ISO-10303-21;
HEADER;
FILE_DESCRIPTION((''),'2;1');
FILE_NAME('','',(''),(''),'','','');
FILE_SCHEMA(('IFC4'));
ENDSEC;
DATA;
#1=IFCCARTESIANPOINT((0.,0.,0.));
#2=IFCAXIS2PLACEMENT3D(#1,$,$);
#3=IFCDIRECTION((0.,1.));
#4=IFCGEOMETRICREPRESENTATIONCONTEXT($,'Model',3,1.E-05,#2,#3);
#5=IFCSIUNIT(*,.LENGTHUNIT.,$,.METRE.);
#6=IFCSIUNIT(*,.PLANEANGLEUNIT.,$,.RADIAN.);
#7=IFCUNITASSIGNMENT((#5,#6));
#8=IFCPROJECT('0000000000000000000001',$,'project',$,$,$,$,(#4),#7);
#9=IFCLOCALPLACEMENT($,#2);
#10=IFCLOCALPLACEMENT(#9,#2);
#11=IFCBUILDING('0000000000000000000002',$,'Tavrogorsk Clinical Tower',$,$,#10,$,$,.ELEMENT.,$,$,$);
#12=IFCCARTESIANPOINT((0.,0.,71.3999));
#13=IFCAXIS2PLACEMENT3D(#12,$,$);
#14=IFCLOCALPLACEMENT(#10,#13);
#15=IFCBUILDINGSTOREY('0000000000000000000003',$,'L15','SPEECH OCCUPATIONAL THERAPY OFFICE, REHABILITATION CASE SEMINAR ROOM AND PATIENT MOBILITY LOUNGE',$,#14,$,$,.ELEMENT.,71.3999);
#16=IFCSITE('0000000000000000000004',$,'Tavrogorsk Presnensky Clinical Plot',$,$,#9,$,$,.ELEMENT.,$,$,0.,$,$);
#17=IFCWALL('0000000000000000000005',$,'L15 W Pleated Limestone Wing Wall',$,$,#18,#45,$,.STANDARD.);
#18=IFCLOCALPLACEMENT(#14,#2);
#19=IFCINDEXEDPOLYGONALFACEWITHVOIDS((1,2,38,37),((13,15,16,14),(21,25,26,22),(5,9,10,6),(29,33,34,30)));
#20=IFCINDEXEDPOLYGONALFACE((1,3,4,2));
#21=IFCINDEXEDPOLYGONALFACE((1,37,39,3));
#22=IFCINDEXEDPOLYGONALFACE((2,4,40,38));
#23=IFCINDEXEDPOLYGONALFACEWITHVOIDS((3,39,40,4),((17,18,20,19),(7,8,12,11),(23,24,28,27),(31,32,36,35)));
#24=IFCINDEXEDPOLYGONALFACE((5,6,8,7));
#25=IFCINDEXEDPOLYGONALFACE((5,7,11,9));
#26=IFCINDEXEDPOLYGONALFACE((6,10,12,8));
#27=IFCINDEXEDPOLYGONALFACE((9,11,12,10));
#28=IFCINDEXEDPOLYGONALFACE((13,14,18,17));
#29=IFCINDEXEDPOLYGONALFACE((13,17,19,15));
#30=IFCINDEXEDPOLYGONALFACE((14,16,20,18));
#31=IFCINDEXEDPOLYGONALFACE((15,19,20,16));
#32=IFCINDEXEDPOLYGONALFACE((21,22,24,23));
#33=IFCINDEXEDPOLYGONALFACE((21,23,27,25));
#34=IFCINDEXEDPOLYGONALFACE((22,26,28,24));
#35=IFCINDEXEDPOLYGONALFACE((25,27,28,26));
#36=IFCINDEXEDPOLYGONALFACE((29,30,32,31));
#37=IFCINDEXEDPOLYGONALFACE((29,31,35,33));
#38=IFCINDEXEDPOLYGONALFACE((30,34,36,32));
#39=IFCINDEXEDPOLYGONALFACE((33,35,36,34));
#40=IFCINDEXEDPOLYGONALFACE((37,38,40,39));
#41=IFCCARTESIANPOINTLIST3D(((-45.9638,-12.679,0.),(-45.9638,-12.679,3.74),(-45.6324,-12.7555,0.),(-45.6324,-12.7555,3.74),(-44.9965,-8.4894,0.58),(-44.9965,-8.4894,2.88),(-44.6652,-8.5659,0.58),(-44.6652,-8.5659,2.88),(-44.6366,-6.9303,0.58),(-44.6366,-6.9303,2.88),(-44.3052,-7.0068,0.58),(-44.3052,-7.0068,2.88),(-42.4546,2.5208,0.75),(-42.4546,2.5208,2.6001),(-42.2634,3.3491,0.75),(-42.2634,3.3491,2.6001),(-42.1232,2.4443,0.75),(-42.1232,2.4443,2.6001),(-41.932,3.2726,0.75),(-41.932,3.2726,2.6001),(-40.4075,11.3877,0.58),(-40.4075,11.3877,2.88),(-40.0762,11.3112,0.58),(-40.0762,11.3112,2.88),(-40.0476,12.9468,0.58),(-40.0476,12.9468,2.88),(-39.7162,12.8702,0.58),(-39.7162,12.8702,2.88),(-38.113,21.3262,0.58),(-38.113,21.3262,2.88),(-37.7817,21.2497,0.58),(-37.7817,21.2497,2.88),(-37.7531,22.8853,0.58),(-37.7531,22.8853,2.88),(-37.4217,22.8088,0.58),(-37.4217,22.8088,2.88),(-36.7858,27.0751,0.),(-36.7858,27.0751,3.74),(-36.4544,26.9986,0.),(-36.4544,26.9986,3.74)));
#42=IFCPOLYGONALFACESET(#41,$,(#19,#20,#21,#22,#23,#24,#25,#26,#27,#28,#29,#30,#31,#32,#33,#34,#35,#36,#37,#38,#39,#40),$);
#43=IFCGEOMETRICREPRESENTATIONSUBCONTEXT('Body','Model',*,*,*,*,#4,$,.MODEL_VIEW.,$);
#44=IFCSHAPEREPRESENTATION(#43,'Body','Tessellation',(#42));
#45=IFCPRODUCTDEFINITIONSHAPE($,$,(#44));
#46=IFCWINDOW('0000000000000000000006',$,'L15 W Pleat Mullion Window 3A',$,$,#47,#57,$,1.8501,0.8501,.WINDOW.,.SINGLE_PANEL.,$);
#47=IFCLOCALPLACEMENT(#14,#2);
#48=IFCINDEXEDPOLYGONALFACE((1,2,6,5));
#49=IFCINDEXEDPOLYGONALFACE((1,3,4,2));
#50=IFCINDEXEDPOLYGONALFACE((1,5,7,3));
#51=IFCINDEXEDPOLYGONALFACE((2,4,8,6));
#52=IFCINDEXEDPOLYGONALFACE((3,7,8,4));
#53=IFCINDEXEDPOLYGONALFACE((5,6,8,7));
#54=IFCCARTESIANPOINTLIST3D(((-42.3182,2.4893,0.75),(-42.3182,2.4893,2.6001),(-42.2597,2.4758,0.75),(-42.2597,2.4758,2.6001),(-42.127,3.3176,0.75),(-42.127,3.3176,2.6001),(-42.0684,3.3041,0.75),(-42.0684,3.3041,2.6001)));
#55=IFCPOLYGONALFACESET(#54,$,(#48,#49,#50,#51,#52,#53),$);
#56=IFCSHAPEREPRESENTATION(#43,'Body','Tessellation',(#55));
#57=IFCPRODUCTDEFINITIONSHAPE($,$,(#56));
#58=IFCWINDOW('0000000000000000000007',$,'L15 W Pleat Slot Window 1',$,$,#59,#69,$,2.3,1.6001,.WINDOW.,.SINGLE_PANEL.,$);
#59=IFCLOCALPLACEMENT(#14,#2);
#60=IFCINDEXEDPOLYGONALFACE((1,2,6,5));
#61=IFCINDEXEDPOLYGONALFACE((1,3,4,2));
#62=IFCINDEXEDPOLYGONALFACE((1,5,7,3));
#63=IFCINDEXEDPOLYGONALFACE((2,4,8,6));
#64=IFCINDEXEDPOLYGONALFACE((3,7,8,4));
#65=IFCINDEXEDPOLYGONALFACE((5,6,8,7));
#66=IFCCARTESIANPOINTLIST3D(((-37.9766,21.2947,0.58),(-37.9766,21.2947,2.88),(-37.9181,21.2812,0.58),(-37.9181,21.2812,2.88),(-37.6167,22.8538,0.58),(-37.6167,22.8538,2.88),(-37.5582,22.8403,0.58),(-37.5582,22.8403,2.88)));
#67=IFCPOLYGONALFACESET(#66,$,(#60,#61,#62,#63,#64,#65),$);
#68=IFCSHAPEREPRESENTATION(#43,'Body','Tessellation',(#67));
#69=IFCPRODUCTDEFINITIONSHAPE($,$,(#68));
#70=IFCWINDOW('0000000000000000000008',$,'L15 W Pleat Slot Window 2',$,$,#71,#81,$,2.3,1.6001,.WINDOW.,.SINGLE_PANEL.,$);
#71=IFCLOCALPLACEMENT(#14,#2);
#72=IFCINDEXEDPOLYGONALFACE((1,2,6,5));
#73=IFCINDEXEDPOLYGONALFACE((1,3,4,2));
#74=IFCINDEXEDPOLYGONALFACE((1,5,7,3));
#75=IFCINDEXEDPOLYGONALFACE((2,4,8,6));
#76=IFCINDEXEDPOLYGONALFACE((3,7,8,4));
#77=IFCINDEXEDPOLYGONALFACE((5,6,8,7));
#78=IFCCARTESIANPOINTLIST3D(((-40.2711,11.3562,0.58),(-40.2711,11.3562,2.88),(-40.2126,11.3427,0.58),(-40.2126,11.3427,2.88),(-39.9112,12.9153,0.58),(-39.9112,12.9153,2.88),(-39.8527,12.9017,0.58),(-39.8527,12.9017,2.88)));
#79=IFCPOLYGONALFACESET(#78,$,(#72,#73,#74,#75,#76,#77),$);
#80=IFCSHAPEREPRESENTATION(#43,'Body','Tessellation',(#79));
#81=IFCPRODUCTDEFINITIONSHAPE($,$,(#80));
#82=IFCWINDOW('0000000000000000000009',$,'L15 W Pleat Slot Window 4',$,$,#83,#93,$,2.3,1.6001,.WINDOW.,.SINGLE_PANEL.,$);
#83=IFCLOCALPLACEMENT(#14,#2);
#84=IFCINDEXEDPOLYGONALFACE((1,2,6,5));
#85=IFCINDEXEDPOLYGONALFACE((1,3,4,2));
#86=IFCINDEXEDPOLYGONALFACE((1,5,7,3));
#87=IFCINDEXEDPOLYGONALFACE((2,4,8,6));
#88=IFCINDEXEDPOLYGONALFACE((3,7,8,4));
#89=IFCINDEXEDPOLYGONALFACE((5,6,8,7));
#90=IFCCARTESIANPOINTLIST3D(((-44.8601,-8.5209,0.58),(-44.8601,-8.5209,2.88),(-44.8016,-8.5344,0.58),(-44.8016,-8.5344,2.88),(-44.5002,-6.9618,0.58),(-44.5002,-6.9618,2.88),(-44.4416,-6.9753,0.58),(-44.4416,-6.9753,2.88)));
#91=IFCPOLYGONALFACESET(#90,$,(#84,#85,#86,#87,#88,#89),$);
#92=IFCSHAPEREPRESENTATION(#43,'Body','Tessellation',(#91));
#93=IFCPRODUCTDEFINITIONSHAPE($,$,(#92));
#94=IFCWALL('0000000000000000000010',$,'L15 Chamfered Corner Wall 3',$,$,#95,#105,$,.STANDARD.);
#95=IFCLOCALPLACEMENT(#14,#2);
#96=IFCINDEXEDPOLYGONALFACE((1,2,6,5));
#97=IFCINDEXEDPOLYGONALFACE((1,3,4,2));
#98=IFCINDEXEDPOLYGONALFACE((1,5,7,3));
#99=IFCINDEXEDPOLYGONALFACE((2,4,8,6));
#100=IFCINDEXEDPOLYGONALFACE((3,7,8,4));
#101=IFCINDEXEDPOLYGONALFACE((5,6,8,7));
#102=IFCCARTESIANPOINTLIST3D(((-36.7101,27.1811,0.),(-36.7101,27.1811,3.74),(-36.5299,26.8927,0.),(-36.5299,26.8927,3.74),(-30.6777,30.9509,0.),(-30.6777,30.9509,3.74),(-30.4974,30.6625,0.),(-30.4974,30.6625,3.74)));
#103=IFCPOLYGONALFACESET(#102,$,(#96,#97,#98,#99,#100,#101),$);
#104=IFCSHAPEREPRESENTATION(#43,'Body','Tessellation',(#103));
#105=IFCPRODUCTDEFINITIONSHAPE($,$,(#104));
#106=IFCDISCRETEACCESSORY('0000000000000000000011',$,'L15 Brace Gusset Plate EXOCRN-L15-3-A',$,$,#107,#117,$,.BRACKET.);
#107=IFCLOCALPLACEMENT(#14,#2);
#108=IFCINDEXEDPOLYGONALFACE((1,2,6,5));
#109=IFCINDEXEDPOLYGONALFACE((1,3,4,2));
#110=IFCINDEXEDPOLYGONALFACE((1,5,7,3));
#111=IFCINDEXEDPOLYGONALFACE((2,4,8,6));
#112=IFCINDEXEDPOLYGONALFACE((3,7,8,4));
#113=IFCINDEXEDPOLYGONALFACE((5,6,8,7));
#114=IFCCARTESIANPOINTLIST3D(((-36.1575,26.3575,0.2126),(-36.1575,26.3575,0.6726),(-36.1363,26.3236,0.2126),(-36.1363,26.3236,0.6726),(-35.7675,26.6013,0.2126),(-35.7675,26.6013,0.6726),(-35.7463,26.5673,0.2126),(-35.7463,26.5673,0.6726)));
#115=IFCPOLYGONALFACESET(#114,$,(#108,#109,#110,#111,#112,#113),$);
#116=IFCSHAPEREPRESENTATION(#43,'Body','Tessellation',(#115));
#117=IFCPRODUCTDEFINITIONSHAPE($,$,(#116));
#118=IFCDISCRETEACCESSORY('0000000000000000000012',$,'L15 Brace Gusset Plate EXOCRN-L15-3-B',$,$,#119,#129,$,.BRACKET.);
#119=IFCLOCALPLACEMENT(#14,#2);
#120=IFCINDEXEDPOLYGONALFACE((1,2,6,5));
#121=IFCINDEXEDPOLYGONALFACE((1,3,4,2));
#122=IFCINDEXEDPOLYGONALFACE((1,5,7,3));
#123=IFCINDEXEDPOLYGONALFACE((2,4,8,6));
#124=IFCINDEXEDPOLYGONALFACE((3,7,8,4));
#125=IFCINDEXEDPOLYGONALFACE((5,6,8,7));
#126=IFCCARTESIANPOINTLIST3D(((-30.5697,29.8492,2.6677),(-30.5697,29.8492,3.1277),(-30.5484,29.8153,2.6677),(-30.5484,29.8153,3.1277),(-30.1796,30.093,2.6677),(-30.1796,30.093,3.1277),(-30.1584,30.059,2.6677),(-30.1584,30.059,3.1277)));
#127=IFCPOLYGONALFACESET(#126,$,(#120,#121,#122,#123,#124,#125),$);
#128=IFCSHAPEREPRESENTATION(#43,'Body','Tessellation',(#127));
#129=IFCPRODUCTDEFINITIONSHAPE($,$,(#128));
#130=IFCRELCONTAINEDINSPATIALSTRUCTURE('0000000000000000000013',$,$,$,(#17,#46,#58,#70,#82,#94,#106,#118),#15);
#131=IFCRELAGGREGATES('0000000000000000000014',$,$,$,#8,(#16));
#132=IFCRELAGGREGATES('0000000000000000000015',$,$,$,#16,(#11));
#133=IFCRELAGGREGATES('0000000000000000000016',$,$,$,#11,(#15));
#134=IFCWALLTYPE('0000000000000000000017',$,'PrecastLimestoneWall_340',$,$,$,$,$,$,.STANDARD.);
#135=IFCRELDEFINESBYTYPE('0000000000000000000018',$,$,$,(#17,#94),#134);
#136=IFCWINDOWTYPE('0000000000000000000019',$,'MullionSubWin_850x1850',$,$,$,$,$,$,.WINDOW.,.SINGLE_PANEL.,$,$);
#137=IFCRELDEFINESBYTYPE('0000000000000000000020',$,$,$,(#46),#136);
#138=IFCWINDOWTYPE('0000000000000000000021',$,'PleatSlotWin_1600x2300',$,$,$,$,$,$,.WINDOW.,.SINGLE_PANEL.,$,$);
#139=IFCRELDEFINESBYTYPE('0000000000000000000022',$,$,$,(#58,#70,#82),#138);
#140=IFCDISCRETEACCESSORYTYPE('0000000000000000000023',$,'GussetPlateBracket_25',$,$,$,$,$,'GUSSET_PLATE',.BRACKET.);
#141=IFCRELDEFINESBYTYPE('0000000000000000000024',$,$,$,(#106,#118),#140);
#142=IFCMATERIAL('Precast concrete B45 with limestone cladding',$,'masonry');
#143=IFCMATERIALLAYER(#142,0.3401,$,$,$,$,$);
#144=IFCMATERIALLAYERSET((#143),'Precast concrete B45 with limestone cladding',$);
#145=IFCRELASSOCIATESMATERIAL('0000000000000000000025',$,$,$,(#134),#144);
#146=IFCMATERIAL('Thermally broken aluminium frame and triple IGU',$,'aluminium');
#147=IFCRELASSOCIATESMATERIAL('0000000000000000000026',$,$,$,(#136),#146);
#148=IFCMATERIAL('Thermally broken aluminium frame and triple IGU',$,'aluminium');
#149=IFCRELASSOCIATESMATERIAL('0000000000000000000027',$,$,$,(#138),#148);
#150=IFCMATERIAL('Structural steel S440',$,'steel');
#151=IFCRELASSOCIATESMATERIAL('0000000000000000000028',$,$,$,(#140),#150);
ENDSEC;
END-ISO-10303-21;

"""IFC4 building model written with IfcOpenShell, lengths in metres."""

from ifc_helpers import new_model, si_unit, direction, frame, frame_2d, origin, origin_2d, place, context, subcontext, project, spatial, rectangle, extrude, material, layer, layer_set, type_object, element, fill, save


model = new_model("IFC4")

# Units and contexts
model_context = context("Model", 3, precision=1e-05, world=origin(), true_north=direction((0.0, 1.0)))
body_context = subcontext(model_context, "Body", "Model", "MODEL_VIEW")
ifc_project = project(units=[si_unit("LENGTHUNIT", "METRE"), si_unit("PLANEANGLEUNIT", "RADIAN")], contexts=[model_context])

# Site, building, storey
site_placement = place(None, origin())
site = spatial("IfcSite", under=ifc_project, at=site_placement, Name="Tavrogorsk Presnensky Clinical Plot", CompositionType="ELEMENT", RefElevation=0.0)
building_placement = place(site_placement, origin())
building = spatial("IfcBuilding", under=site, at=building_placement, Name="Tavrogorsk Clinical Tower", CompositionType="ELEMENT")
storey_placement = place(building_placement, frame((0.0, 0.0, 71.3999)))
storey = spatial("IfcBuildingStorey", under=building, at=storey_placement, Name="L15", Description="SPEECH OCCUPATIONAL THERAPY OFFICE, REHABILITATION CASE SEMINAR ROOM AND PATIENT MOBILITY LOUNGE", CompositionType="ELEMENT", Elevation=71.3999)

# Wall, openings, windows
ifc_material_1 = material(Name="Precast concrete B45 with limestone cladding", Category="masonry")
ifc_layer_1 = layer(ifc_material_1, 0.3401)
ifc_layer_set_1 = layer_set([ifc_layer_1], Name="Precast concrete B45 with limestone cladding")
wall_type_1 = type_object("IfcWallType", Name="PrecastLimestoneWall_340", PredefinedType="STANDARD", material=ifc_layer_set_1)
wall_1_placement = place(storey_placement, frame((-36.6201, 27.0369, 0.0), z_axis=(0.0, 0.0, 1.0), x_axis=(-0.224951, -0.97437, 0.0)))
wall_1 = element("IfcWall", 1, at=wall_1_placement, inside=storey, type_object=wall_type_1, Name="L15 W Pleated Limestone Wing Wall", PredefinedType="STANDARD", context=body_context, shape_type="SweptSolid", body=[
    extrude(rectangle(XDim=40.7998, YDim=0.3401, at=frame_2d((20.3999, 0.0))), origin(), (0.0, 0.0, 1.0), 3.74),
])
opening_1_placement = place(wall_1_placement, frame((4.3, 0.0, 0.5801)))
opening_1 = element("IfcOpeningElement", 2, at=opening_1_placement, cuts=wall_1, PredefinedType="OPENING", context=body_context, shape_type="SweptSolid", body=[
    extrude(rectangle(XDim=1.6001, YDim=2.3, at=frame_2d((0.8, 1.1499))), frame((0.0, 0.1799, 0.0), z_axis=(0.0, -1.0, 0.0), x_axis=(1.0, 0.0, 0.0)), (0.0, 0.0, 1.0), 0.3601),
])
opening_2_placement = place(wall_1_placement, frame((14.5, 0.0, 0.5801)))
opening_2 = element("IfcOpeningElement", 3, at=opening_2_placement, cuts=wall_1, PredefinedType="OPENING", context=body_context, shape_type="SweptSolid", body=[
    extrude(rectangle(XDim=1.6001, YDim=2.3, at=frame_2d((0.8, 1.1499))), frame((0.0, 0.1799, 0.0), z_axis=(0.0, -1.0, 0.0), x_axis=(1.0, 0.0, 0.0)), (0.0, 0.0, 1.0), 0.3601),
])
opening_3_placement = place(wall_1_placement, frame((24.3501, 0.0, 0.75)))
opening_3 = element("IfcOpeningElement", 4, at=opening_3_placement, cuts=wall_1, PredefinedType="OPENING", context=body_context, shape_type="SweptSolid", body=[
    extrude(rectangle(XDim=0.8501, YDim=1.8501, at=frame_2d((0.425, 0.925))), frame((0.0, 0.1799, 0.0), z_axis=(0.0, -1.0, 0.0), x_axis=(1.0, 0.0, 0.0)), (0.0, 0.0, 1.0), 0.3601),
])
opening_4_placement = place(wall_1_placement, frame((34.8999, 0.0, 0.5801)))
opening_4 = element("IfcOpeningElement", 5, at=opening_4_placement, cuts=wall_1, PredefinedType="OPENING", context=body_context, shape_type="SweptSolid", body=[
    extrude(rectangle(XDim=1.6001, YDim=2.3, at=frame_2d((0.8, 1.1499))), frame((0.0, 0.1799, 0.0), z_axis=(0.0, -1.0, 0.0), x_axis=(1.0, 0.0, 0.0)), (0.0, 0.0, 1.0), 0.3601),
])
ifc_material_2 = material(Name="Thermally broken aluminium frame and triple IGU", Category="aluminium")
window_type_1 = type_object("IfcWindowType", Name="MullionSubWin_850x1850", PartitioningType="SINGLE_PANEL", PredefinedType="WINDOW", material=ifc_material_2)
window_1_placement = place(opening_3_placement, origin())
window_1 = element("IfcWindow", 6, at=window_1_placement, inside=storey, type_object=window_type_1, Name="L15 W Pleat Mullion Window 3A", OverallHeight=1.8501, OverallWidth=0.8501, PartitioningType="SINGLE_PANEL", PredefinedType="WINDOW", context=body_context, shape_type="SweptSolid", body=[
    extrude(rectangle(XDim=0.8501, YDim=1.8501, at=frame_2d((0.425, 0.925))), frame((0.0, 0.03, 0.0), z_axis=(0.0, -1.0, 0.0), x_axis=(1.0, 0.0, 0.0)), (0.0, 0.0, 1.0), 0.0601),
])
fill(opening_3, window_1)
ifc_material_3 = material(Name="Thermally broken aluminium frame and triple IGU", Category="aluminium")
window_type_2 = type_object("IfcWindowType", Name="PleatSlotWin_1600x2300", PartitioningType="SINGLE_PANEL", PredefinedType="WINDOW", material=ifc_material_3)
window_2_placement = place(opening_1_placement, origin())
window_2 = element("IfcWindow", 7, at=window_2_placement, inside=storey, type_object=window_type_2, Name="L15 W Pleat Slot Window 1", OverallHeight=2.3, OverallWidth=1.6001, PartitioningType="SINGLE_PANEL", PredefinedType="WINDOW", context=body_context, shape_type="SweptSolid", body=[
    extrude(rectangle(XDim=1.6001, YDim=2.3, at=frame_2d((0.8, 1.1499))), frame((0.0, 0.03, 0.0), z_axis=(0.0, -1.0, 0.0), x_axis=(1.0, 0.0, 0.0)), (0.0, 0.0, 1.0), 0.0601),
])
fill(opening_1, window_2)
window_3_placement = place(opening_2_placement, origin())
window_3 = element("IfcWindow", 8, at=window_3_placement, inside=storey, type_object=window_type_2, Name="L15 W Pleat Slot Window 2", OverallHeight=2.3, OverallWidth=1.6001, PartitioningType="SINGLE_PANEL", PredefinedType="WINDOW", context=body_context, shape_type="SweptSolid", body=[
    extrude(rectangle(XDim=1.6001, YDim=2.3, at=frame_2d((0.8, 1.1499))), frame((0.0, 0.03, 0.0), z_axis=(0.0, -1.0, 0.0), x_axis=(1.0, 0.0, 0.0)), (0.0, 0.0, 1.0), 0.0601),
])
fill(opening_2, window_3)
window_4_placement = place(opening_4_placement, origin())
window_4 = element("IfcWindow", 9, at=window_4_placement, inside=storey, type_object=window_type_2, Name="L15 W Pleat Slot Window 4", OverallHeight=2.3, OverallWidth=1.6001, PartitioningType="SINGLE_PANEL", PredefinedType="WINDOW", context=body_context, shape_type="SweptSolid", body=[
    extrude(rectangle(XDim=1.6001, YDim=2.3, at=frame_2d((0.8, 1.1499))), frame((0.0, 0.03, 0.0), z_axis=(0.0, -1.0, 0.0), x_axis=(1.0, 0.0, 0.0)), (0.0, 0.0, 1.0), 0.0601),
])
fill(opening_4, window_4)

# Wall
wall_2_placement = place(storey_placement, frame((-30.5876, 30.8066, 0.0), z_axis=(0.0, 0.0, 1.0), x_axis=(-0.848031, -0.529946, 0.0)))
element("IfcWall", 10, at=wall_2_placement, inside=storey, type_object=wall_type_1, Name="L15 Chamfered Corner Wall 3", PredefinedType="STANDARD", context=body_context, shape_type="SweptSolid", body=[
    extrude(rectangle(XDim=7.1135, YDim=0.3401, at=frame_2d((3.5566, 0.0))), origin(), (0.0, 0.0, 1.0), 3.74),
])

# Discrete accessories
ifc_material_4 = material(Name="Structural steel S440", Category="steel")
discrete_accessory_type = type_object("IfcDiscreteAccessoryType", Name="GussetPlateBracket_25", ElementType="GUSSET_PLATE", PredefinedType="BRACKET", material=ifc_material_4)
for number, where, z_axis, x_axis, name in (
    (11, (-35.9519, 26.4624, 0.2126), (0.0, 0.0, 1.0), (0.848048, 0.529919, 0.0), "L15 Brace Gusset Plate EXOCRN-L15-3-A"),
    (12, (-30.364, 29.9541, 2.6677), (0.0, 0.0, 1.0), (0.848048, 0.529919, 0.0), "L15 Brace Gusset Plate EXOCRN-L15-3-B"),
):
    element("IfcDiscreteAccessory", number, at=place(storey_placement, frame(where, z_axis=z_axis, x_axis=x_axis)), inside=storey, type_object=discrete_accessory_type, Name=name, PredefinedType="BRACKET", context=body_context, shape_type="SweptSolid", body=[
        extrude(rectangle(XDim=0.46, YDim=0.04, at=origin_2d()), origin(), (0.0, 0.0, 1.0), 0.46),
    ])

save(model, "model.ifc")
